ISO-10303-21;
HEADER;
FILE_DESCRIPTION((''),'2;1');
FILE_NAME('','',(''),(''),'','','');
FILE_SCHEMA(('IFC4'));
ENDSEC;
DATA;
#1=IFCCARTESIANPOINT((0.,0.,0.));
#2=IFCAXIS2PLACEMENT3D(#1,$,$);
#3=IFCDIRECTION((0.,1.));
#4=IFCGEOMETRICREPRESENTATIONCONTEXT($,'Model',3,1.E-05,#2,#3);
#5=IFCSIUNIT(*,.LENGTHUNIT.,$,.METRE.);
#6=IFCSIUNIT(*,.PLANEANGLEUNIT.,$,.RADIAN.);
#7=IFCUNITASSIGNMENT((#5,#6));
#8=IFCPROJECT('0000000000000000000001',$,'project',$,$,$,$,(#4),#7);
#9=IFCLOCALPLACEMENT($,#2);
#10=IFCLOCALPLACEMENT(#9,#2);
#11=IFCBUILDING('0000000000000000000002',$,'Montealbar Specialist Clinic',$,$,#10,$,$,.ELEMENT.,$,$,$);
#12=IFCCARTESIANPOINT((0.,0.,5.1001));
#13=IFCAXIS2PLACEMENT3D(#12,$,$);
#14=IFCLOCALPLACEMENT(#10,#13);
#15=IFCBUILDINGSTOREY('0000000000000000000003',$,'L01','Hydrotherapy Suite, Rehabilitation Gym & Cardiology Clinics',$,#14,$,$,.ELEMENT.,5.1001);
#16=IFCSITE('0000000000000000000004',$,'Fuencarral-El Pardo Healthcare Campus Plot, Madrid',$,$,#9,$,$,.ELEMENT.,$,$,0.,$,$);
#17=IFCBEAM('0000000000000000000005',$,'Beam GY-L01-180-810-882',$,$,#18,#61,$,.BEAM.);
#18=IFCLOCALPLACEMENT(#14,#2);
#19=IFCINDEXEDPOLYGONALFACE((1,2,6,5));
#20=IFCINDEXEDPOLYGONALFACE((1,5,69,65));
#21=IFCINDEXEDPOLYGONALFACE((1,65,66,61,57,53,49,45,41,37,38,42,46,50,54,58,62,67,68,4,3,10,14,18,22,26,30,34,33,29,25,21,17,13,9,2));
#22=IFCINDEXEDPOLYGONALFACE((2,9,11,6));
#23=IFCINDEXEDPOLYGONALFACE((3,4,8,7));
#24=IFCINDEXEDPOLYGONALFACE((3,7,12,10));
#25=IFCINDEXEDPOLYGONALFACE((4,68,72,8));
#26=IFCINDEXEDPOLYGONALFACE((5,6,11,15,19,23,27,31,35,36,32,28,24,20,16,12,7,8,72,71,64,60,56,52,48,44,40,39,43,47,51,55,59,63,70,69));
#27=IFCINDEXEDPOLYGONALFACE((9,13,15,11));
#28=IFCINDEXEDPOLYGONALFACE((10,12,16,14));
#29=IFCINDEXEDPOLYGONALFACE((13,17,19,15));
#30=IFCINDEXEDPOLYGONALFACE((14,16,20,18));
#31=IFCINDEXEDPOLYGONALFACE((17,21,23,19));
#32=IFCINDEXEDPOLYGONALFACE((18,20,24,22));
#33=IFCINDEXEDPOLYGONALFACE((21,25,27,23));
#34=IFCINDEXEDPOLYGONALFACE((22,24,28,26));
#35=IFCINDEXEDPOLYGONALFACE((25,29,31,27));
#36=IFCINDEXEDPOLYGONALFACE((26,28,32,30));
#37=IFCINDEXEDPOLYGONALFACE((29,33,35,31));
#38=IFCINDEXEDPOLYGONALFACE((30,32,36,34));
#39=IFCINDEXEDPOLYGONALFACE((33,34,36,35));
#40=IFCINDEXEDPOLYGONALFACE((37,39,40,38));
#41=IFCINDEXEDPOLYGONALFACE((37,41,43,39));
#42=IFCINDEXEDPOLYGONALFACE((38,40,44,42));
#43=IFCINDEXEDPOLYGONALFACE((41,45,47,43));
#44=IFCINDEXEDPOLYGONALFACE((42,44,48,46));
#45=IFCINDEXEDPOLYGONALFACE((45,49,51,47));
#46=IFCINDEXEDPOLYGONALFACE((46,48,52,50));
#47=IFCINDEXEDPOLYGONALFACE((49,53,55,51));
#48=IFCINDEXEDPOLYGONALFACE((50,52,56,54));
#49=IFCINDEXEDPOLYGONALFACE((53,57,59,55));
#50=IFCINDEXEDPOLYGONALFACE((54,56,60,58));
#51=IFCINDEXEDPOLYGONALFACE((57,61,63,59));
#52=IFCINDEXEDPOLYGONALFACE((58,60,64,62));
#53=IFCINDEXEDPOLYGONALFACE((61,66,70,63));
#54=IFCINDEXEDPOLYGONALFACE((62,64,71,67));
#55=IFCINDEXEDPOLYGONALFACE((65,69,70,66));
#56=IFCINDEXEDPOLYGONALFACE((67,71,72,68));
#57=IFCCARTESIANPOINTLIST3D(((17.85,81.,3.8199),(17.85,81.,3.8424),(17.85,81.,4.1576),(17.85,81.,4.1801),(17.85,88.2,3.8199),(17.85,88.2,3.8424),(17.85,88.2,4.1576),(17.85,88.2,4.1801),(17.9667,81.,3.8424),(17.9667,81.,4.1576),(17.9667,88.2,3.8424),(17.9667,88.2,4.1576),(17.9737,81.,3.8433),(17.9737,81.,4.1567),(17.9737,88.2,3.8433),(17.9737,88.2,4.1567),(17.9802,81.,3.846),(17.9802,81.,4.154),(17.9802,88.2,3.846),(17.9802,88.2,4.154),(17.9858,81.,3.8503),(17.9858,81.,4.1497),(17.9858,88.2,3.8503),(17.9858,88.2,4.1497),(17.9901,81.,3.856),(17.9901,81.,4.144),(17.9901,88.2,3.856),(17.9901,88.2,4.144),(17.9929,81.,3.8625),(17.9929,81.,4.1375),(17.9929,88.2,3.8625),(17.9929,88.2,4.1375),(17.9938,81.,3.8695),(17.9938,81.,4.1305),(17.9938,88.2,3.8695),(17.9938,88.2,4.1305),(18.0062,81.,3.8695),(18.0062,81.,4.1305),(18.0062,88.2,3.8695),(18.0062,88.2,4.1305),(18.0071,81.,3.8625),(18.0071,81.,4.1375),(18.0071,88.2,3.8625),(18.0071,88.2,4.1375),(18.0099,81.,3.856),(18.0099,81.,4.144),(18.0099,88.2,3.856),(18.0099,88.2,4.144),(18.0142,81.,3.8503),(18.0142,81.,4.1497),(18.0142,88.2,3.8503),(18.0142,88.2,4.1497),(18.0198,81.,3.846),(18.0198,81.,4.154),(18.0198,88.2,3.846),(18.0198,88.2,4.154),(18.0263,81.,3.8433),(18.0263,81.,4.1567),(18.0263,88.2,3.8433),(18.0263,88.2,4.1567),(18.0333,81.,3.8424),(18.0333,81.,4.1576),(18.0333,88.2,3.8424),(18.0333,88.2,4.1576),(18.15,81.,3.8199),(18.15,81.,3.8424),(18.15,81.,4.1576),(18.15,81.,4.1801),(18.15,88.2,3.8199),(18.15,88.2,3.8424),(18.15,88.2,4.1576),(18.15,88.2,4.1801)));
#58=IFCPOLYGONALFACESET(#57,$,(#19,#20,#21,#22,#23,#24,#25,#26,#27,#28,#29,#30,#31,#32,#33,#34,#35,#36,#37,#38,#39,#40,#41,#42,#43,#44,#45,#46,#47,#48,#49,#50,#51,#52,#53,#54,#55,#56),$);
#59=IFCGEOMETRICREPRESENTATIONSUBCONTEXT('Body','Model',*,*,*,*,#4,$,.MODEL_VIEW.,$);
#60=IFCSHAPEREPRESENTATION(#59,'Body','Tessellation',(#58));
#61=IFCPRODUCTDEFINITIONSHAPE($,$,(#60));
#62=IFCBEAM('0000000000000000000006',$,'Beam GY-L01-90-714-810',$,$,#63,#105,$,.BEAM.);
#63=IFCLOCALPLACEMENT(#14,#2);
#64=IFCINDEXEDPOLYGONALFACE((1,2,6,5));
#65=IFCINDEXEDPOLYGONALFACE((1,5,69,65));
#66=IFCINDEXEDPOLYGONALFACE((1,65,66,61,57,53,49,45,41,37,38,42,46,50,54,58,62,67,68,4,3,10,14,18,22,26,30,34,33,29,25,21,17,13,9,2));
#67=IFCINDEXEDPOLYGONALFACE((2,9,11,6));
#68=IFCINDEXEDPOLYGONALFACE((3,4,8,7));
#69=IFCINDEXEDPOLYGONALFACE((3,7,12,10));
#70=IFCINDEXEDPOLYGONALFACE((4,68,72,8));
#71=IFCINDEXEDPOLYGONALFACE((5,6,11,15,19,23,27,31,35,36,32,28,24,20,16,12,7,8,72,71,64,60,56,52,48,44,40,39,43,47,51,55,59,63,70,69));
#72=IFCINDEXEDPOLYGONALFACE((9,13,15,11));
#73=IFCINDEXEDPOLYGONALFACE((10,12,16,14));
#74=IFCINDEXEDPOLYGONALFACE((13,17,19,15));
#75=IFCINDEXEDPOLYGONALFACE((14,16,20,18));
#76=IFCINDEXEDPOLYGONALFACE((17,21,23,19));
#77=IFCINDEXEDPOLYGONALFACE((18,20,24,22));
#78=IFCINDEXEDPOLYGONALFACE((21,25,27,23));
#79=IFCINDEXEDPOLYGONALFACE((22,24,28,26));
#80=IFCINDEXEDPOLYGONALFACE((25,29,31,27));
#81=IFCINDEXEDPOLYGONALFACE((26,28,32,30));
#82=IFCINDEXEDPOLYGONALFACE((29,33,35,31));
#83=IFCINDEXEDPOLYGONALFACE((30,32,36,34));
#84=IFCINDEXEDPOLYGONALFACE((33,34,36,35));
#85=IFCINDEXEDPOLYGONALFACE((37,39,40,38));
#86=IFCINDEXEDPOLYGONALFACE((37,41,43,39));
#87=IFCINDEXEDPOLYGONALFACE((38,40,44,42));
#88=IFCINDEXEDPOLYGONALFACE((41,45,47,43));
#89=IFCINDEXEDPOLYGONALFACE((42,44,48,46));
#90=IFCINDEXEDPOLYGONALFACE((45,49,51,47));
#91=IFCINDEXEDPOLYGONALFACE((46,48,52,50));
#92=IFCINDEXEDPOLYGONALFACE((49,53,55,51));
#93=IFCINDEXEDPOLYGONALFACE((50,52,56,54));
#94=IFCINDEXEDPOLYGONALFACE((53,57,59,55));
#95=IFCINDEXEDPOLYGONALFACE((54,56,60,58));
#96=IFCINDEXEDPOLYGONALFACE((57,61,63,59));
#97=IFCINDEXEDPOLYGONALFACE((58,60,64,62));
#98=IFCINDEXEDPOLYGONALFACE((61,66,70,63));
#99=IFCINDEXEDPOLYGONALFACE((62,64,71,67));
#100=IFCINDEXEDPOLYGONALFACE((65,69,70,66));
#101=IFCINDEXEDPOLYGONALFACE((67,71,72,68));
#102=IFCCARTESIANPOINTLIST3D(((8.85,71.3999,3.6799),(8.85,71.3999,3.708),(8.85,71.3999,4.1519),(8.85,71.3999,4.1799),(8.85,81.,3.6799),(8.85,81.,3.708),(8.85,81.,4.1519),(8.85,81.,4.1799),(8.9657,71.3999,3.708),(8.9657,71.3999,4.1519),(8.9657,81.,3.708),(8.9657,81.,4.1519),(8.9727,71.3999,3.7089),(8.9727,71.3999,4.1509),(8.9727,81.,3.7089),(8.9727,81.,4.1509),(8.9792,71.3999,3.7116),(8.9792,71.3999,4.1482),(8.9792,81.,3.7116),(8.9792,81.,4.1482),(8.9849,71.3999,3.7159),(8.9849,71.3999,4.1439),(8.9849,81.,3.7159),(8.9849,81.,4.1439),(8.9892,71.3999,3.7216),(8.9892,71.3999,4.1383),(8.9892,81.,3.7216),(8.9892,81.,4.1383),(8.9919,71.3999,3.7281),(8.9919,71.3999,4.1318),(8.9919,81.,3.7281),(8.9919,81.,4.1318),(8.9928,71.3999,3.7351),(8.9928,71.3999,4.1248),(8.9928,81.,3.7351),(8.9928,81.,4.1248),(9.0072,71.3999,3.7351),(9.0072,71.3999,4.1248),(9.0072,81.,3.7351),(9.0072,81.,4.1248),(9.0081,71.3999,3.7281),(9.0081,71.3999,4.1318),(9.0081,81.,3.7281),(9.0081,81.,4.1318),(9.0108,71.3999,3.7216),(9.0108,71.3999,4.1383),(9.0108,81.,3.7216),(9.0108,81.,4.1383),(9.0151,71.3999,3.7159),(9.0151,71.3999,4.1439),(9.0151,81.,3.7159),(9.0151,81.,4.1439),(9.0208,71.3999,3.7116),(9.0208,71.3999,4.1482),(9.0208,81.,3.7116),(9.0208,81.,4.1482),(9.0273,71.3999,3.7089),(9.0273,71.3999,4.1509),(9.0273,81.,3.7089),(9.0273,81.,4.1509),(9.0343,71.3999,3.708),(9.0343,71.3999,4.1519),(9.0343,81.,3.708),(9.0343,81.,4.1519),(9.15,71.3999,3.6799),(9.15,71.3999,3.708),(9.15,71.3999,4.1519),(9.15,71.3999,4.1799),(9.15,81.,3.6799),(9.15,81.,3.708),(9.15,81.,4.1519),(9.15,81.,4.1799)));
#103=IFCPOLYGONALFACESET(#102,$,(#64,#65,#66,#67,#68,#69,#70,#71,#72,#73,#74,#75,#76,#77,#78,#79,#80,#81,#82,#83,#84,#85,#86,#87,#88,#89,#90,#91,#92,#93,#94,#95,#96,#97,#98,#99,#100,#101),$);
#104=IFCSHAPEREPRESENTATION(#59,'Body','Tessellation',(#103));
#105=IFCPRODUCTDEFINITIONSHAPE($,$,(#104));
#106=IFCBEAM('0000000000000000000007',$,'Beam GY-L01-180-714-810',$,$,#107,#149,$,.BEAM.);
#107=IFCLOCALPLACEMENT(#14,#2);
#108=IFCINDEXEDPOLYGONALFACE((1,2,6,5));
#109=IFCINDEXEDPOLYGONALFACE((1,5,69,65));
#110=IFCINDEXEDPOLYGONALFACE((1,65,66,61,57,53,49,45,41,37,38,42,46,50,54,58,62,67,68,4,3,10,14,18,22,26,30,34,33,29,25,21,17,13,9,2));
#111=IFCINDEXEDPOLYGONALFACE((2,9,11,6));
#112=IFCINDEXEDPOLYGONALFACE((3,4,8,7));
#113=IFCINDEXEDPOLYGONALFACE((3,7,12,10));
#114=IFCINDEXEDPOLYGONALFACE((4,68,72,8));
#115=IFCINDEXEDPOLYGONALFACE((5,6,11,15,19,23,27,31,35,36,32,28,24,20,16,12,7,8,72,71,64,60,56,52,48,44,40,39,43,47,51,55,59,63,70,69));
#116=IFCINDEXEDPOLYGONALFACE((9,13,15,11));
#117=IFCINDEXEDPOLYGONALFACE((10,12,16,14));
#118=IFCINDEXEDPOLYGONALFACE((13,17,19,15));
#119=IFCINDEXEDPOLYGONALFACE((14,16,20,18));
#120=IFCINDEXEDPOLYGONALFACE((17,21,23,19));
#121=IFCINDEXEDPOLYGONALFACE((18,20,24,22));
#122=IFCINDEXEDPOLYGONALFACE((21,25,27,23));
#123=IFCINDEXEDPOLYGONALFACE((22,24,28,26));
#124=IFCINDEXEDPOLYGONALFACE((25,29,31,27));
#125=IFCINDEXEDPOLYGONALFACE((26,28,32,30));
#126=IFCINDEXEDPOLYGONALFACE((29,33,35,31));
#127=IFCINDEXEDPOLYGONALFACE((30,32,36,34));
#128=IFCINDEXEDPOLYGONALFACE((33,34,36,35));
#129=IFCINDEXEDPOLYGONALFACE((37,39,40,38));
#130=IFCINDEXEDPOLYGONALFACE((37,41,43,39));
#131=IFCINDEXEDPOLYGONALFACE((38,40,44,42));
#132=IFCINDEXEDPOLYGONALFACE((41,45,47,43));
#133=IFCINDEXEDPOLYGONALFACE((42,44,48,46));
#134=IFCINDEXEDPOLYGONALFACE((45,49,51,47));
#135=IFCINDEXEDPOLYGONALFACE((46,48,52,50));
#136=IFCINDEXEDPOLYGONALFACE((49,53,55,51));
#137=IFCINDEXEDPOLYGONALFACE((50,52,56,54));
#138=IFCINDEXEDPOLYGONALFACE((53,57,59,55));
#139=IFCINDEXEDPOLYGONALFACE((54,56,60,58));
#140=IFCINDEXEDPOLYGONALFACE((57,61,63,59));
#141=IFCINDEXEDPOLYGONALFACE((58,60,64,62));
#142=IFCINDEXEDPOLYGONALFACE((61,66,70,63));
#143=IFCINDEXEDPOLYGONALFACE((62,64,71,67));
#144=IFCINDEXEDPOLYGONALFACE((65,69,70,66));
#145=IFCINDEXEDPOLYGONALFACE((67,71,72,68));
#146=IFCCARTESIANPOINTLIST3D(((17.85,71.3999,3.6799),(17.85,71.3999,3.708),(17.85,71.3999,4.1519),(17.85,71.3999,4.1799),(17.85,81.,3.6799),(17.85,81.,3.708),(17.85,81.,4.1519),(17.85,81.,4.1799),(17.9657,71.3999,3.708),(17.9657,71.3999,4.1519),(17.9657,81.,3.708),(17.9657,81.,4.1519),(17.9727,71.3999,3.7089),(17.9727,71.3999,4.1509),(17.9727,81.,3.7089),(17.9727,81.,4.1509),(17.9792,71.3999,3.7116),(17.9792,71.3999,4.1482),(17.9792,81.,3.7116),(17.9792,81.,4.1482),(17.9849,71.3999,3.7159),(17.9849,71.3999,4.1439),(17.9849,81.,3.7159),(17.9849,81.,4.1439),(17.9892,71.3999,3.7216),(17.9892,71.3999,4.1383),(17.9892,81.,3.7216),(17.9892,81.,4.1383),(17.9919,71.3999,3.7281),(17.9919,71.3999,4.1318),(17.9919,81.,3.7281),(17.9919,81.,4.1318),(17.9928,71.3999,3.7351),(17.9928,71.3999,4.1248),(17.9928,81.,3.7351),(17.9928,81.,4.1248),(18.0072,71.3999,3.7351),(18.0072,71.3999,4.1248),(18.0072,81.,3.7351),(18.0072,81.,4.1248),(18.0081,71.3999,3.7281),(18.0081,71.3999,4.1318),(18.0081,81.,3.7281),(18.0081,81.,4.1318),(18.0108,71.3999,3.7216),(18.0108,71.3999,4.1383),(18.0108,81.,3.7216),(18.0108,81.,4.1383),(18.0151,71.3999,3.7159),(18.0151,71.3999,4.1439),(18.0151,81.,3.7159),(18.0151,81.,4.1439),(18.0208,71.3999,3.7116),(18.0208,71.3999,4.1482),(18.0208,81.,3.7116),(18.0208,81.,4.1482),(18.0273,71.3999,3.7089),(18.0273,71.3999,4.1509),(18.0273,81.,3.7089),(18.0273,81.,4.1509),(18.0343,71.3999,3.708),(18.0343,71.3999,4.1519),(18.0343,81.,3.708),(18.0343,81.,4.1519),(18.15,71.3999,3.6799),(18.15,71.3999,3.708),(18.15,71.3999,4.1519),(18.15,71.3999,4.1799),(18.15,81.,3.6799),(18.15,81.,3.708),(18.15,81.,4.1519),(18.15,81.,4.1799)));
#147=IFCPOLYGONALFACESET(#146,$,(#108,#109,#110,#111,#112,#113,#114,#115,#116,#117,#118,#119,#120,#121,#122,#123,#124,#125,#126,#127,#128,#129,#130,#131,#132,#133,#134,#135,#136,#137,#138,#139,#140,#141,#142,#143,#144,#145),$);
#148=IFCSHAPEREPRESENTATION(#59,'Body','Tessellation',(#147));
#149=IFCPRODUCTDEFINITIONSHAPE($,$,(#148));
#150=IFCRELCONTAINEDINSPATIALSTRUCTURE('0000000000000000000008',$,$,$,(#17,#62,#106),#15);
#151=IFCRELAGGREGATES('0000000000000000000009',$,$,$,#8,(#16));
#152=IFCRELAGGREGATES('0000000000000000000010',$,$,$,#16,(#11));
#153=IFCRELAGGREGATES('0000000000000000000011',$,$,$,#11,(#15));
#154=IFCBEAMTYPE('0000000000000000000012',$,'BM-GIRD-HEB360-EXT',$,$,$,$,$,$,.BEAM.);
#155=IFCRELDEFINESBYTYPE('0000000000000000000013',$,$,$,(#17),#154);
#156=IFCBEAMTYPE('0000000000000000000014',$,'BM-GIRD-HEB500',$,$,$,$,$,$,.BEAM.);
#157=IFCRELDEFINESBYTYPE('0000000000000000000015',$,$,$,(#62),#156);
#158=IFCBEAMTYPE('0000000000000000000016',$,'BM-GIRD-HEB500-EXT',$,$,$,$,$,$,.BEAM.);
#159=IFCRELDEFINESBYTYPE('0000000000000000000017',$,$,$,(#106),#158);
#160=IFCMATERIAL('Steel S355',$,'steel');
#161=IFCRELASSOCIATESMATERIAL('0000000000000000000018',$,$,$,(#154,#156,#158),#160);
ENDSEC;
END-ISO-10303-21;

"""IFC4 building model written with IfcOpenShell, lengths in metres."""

from ifc_helpers import new_model, si_unit, direction, frame, origin, origin_2d, place, context, subcontext, project, spatial, i_section, extrude, material, material_profile, profile_set, type_object, element, save


model = new_model("IFC4")

# Units and contexts
model_context = context("Model", 3, precision=1e-05, world=origin(), true_north=direction((0.0, 1.0)))
body_context = subcontext(model_context, "Body", "Model", "MODEL_VIEW")
ifc_project = project(units=[si_unit("LENGTHUNIT", "METRE"), si_unit("PLANEANGLEUNIT", "RADIAN")], contexts=[model_context])

# Site, building, storey
site_placement = place(None, origin())
site = spatial("IfcSite", under=ifc_project, at=site_placement, Name="Fuencarral-El Pardo Healthcare Campus Plot, Madrid", CompositionType="ELEMENT", RefElevation=0.0)
building_placement = place(site_placement, origin())
building = spatial("IfcBuilding", under=site, at=building_placement, Name="Montealbar Specialist Clinic", CompositionType="ELEMENT")
storey_placement = place(building_placement, frame((0.0, 0.0, 5.1001)))
storey = spatial("IfcBuildingStorey", under=building, at=storey_placement, Name="L01", Description="Hydrotherapy Suite, Rehabilitation Gym & Cardiology Clinics", CompositionType="ELEMENT", Elevation=5.1001)

# Beams
ifc_material_1 = material(Name="Steel S355", Category="steel")
ifc_material_profile_1 = material_profile(ifc_material_1, i_section(OverallWidth=0.3, OverallDepth=0.3601, WebThickness=0.0125, FlangeThickness=0.0225, FilletRadius=0.0271, at=origin_2d()), Name="HEB 360", Category="steel")
ifc_profile_set_1 = profile_set([ifc_material_profile_1], Name="Steel S355")
beam_type_1 = type_object("IfcBeamType", Name="BM-GIRD-HEB360-EXT", PredefinedType="BEAM", material=ifc_profile_set_1)
beam_1_placement = place(storey_placement, frame((18.0, 81.0, 4.0), z_axis=(0.0, 1.0, 0.0), x_axis=(-1.0, 0.0, 0.0)))
element("IfcBeam", 1, at=beam_1_placement, inside=storey, type_object=beam_type_1, Name="Beam GY-L01-180-810-882", PredefinedType="BEAM", context=body_context, shape_type="SweptSolid", body=[
    extrude(i_section(OverallWidth=0.3, OverallDepth=0.3601, WebThickness=0.0125, FlangeThickness=0.0225, FilletRadius=0.0271, at=origin_2d()), origin(), (0.0, 0.0, 1.0), 7.2),
])
ifc_material_profile_2 = material_profile(ifc_material_1, i_section(OverallWidth=0.3, OverallDepth=0.5, WebThickness=0.0144, FlangeThickness=0.0281, FilletRadius=0.0271, at=origin_2d()), Name="HEB 500", Category="steel")
ifc_profile_set_2 = profile_set([ifc_material_profile_2], Name="Steel S355")
beam_type_2 = type_object("IfcBeamType", Name="BM-GIRD-HEB500", PredefinedType="BEAM", material=ifc_profile_set_2)
beam_2_placement = place(storey_placement, frame((9.0, 71.3999, 3.9299), z_axis=(0.0, 1.0, 0.0), x_axis=(-1.0, 0.0, 0.0)))
element("IfcBeam", 2, at=beam_2_placement, inside=storey, type_object=beam_type_2, Name="Beam GY-L01-90-714-810", PredefinedType="BEAM", context=body_context, shape_type="SweptSolid", body=[
    extrude(i_section(OverallWidth=0.3, OverallDepth=0.5, WebThickness=0.0144, FlangeThickness=0.0281, FilletRadius=0.0271, at=origin_2d()), origin(), (0.0, 0.0, 1.0), 9.6001),
])
ifc_material_profile_3 = material_profile(ifc_material_1, i_section(OverallWidth=0.3, OverallDepth=0.5, WebThickness=0.0144, FlangeThickness=0.0281, FilletRadius=0.0271, at=origin_2d()), Name="HEB 500", Category="steel")
ifc_profile_set_3 = profile_set([ifc_material_profile_3], Name="Steel S355")
beam_type_3 = type_object("IfcBeamType", Name="BM-GIRD-HEB500-EXT", PredefinedType="BEAM", material=ifc_profile_set_3)
beam_3_placement = place(storey_placement, frame((18.0, 71.3999, 3.9299), z_axis=(0.0, 1.0, 0.0), x_axis=(-1.0, 0.0, 0.0)))
element("IfcBeam", 3, at=beam_3_placement, inside=storey, type_object=beam_type_3, Name="Beam GY-L01-180-714-810", PredefinedType="BEAM", context=body_context, shape_type="SweptSolid", body=[
    extrude(i_section(OverallWidth=0.3, OverallDepth=0.5, WebThickness=0.0144, FlangeThickness=0.0281, FilletRadius=0.0271, at=origin_2d()), origin(), (0.0, 0.0, 1.0), 9.6001),
])

save(model, "model.ifc")
